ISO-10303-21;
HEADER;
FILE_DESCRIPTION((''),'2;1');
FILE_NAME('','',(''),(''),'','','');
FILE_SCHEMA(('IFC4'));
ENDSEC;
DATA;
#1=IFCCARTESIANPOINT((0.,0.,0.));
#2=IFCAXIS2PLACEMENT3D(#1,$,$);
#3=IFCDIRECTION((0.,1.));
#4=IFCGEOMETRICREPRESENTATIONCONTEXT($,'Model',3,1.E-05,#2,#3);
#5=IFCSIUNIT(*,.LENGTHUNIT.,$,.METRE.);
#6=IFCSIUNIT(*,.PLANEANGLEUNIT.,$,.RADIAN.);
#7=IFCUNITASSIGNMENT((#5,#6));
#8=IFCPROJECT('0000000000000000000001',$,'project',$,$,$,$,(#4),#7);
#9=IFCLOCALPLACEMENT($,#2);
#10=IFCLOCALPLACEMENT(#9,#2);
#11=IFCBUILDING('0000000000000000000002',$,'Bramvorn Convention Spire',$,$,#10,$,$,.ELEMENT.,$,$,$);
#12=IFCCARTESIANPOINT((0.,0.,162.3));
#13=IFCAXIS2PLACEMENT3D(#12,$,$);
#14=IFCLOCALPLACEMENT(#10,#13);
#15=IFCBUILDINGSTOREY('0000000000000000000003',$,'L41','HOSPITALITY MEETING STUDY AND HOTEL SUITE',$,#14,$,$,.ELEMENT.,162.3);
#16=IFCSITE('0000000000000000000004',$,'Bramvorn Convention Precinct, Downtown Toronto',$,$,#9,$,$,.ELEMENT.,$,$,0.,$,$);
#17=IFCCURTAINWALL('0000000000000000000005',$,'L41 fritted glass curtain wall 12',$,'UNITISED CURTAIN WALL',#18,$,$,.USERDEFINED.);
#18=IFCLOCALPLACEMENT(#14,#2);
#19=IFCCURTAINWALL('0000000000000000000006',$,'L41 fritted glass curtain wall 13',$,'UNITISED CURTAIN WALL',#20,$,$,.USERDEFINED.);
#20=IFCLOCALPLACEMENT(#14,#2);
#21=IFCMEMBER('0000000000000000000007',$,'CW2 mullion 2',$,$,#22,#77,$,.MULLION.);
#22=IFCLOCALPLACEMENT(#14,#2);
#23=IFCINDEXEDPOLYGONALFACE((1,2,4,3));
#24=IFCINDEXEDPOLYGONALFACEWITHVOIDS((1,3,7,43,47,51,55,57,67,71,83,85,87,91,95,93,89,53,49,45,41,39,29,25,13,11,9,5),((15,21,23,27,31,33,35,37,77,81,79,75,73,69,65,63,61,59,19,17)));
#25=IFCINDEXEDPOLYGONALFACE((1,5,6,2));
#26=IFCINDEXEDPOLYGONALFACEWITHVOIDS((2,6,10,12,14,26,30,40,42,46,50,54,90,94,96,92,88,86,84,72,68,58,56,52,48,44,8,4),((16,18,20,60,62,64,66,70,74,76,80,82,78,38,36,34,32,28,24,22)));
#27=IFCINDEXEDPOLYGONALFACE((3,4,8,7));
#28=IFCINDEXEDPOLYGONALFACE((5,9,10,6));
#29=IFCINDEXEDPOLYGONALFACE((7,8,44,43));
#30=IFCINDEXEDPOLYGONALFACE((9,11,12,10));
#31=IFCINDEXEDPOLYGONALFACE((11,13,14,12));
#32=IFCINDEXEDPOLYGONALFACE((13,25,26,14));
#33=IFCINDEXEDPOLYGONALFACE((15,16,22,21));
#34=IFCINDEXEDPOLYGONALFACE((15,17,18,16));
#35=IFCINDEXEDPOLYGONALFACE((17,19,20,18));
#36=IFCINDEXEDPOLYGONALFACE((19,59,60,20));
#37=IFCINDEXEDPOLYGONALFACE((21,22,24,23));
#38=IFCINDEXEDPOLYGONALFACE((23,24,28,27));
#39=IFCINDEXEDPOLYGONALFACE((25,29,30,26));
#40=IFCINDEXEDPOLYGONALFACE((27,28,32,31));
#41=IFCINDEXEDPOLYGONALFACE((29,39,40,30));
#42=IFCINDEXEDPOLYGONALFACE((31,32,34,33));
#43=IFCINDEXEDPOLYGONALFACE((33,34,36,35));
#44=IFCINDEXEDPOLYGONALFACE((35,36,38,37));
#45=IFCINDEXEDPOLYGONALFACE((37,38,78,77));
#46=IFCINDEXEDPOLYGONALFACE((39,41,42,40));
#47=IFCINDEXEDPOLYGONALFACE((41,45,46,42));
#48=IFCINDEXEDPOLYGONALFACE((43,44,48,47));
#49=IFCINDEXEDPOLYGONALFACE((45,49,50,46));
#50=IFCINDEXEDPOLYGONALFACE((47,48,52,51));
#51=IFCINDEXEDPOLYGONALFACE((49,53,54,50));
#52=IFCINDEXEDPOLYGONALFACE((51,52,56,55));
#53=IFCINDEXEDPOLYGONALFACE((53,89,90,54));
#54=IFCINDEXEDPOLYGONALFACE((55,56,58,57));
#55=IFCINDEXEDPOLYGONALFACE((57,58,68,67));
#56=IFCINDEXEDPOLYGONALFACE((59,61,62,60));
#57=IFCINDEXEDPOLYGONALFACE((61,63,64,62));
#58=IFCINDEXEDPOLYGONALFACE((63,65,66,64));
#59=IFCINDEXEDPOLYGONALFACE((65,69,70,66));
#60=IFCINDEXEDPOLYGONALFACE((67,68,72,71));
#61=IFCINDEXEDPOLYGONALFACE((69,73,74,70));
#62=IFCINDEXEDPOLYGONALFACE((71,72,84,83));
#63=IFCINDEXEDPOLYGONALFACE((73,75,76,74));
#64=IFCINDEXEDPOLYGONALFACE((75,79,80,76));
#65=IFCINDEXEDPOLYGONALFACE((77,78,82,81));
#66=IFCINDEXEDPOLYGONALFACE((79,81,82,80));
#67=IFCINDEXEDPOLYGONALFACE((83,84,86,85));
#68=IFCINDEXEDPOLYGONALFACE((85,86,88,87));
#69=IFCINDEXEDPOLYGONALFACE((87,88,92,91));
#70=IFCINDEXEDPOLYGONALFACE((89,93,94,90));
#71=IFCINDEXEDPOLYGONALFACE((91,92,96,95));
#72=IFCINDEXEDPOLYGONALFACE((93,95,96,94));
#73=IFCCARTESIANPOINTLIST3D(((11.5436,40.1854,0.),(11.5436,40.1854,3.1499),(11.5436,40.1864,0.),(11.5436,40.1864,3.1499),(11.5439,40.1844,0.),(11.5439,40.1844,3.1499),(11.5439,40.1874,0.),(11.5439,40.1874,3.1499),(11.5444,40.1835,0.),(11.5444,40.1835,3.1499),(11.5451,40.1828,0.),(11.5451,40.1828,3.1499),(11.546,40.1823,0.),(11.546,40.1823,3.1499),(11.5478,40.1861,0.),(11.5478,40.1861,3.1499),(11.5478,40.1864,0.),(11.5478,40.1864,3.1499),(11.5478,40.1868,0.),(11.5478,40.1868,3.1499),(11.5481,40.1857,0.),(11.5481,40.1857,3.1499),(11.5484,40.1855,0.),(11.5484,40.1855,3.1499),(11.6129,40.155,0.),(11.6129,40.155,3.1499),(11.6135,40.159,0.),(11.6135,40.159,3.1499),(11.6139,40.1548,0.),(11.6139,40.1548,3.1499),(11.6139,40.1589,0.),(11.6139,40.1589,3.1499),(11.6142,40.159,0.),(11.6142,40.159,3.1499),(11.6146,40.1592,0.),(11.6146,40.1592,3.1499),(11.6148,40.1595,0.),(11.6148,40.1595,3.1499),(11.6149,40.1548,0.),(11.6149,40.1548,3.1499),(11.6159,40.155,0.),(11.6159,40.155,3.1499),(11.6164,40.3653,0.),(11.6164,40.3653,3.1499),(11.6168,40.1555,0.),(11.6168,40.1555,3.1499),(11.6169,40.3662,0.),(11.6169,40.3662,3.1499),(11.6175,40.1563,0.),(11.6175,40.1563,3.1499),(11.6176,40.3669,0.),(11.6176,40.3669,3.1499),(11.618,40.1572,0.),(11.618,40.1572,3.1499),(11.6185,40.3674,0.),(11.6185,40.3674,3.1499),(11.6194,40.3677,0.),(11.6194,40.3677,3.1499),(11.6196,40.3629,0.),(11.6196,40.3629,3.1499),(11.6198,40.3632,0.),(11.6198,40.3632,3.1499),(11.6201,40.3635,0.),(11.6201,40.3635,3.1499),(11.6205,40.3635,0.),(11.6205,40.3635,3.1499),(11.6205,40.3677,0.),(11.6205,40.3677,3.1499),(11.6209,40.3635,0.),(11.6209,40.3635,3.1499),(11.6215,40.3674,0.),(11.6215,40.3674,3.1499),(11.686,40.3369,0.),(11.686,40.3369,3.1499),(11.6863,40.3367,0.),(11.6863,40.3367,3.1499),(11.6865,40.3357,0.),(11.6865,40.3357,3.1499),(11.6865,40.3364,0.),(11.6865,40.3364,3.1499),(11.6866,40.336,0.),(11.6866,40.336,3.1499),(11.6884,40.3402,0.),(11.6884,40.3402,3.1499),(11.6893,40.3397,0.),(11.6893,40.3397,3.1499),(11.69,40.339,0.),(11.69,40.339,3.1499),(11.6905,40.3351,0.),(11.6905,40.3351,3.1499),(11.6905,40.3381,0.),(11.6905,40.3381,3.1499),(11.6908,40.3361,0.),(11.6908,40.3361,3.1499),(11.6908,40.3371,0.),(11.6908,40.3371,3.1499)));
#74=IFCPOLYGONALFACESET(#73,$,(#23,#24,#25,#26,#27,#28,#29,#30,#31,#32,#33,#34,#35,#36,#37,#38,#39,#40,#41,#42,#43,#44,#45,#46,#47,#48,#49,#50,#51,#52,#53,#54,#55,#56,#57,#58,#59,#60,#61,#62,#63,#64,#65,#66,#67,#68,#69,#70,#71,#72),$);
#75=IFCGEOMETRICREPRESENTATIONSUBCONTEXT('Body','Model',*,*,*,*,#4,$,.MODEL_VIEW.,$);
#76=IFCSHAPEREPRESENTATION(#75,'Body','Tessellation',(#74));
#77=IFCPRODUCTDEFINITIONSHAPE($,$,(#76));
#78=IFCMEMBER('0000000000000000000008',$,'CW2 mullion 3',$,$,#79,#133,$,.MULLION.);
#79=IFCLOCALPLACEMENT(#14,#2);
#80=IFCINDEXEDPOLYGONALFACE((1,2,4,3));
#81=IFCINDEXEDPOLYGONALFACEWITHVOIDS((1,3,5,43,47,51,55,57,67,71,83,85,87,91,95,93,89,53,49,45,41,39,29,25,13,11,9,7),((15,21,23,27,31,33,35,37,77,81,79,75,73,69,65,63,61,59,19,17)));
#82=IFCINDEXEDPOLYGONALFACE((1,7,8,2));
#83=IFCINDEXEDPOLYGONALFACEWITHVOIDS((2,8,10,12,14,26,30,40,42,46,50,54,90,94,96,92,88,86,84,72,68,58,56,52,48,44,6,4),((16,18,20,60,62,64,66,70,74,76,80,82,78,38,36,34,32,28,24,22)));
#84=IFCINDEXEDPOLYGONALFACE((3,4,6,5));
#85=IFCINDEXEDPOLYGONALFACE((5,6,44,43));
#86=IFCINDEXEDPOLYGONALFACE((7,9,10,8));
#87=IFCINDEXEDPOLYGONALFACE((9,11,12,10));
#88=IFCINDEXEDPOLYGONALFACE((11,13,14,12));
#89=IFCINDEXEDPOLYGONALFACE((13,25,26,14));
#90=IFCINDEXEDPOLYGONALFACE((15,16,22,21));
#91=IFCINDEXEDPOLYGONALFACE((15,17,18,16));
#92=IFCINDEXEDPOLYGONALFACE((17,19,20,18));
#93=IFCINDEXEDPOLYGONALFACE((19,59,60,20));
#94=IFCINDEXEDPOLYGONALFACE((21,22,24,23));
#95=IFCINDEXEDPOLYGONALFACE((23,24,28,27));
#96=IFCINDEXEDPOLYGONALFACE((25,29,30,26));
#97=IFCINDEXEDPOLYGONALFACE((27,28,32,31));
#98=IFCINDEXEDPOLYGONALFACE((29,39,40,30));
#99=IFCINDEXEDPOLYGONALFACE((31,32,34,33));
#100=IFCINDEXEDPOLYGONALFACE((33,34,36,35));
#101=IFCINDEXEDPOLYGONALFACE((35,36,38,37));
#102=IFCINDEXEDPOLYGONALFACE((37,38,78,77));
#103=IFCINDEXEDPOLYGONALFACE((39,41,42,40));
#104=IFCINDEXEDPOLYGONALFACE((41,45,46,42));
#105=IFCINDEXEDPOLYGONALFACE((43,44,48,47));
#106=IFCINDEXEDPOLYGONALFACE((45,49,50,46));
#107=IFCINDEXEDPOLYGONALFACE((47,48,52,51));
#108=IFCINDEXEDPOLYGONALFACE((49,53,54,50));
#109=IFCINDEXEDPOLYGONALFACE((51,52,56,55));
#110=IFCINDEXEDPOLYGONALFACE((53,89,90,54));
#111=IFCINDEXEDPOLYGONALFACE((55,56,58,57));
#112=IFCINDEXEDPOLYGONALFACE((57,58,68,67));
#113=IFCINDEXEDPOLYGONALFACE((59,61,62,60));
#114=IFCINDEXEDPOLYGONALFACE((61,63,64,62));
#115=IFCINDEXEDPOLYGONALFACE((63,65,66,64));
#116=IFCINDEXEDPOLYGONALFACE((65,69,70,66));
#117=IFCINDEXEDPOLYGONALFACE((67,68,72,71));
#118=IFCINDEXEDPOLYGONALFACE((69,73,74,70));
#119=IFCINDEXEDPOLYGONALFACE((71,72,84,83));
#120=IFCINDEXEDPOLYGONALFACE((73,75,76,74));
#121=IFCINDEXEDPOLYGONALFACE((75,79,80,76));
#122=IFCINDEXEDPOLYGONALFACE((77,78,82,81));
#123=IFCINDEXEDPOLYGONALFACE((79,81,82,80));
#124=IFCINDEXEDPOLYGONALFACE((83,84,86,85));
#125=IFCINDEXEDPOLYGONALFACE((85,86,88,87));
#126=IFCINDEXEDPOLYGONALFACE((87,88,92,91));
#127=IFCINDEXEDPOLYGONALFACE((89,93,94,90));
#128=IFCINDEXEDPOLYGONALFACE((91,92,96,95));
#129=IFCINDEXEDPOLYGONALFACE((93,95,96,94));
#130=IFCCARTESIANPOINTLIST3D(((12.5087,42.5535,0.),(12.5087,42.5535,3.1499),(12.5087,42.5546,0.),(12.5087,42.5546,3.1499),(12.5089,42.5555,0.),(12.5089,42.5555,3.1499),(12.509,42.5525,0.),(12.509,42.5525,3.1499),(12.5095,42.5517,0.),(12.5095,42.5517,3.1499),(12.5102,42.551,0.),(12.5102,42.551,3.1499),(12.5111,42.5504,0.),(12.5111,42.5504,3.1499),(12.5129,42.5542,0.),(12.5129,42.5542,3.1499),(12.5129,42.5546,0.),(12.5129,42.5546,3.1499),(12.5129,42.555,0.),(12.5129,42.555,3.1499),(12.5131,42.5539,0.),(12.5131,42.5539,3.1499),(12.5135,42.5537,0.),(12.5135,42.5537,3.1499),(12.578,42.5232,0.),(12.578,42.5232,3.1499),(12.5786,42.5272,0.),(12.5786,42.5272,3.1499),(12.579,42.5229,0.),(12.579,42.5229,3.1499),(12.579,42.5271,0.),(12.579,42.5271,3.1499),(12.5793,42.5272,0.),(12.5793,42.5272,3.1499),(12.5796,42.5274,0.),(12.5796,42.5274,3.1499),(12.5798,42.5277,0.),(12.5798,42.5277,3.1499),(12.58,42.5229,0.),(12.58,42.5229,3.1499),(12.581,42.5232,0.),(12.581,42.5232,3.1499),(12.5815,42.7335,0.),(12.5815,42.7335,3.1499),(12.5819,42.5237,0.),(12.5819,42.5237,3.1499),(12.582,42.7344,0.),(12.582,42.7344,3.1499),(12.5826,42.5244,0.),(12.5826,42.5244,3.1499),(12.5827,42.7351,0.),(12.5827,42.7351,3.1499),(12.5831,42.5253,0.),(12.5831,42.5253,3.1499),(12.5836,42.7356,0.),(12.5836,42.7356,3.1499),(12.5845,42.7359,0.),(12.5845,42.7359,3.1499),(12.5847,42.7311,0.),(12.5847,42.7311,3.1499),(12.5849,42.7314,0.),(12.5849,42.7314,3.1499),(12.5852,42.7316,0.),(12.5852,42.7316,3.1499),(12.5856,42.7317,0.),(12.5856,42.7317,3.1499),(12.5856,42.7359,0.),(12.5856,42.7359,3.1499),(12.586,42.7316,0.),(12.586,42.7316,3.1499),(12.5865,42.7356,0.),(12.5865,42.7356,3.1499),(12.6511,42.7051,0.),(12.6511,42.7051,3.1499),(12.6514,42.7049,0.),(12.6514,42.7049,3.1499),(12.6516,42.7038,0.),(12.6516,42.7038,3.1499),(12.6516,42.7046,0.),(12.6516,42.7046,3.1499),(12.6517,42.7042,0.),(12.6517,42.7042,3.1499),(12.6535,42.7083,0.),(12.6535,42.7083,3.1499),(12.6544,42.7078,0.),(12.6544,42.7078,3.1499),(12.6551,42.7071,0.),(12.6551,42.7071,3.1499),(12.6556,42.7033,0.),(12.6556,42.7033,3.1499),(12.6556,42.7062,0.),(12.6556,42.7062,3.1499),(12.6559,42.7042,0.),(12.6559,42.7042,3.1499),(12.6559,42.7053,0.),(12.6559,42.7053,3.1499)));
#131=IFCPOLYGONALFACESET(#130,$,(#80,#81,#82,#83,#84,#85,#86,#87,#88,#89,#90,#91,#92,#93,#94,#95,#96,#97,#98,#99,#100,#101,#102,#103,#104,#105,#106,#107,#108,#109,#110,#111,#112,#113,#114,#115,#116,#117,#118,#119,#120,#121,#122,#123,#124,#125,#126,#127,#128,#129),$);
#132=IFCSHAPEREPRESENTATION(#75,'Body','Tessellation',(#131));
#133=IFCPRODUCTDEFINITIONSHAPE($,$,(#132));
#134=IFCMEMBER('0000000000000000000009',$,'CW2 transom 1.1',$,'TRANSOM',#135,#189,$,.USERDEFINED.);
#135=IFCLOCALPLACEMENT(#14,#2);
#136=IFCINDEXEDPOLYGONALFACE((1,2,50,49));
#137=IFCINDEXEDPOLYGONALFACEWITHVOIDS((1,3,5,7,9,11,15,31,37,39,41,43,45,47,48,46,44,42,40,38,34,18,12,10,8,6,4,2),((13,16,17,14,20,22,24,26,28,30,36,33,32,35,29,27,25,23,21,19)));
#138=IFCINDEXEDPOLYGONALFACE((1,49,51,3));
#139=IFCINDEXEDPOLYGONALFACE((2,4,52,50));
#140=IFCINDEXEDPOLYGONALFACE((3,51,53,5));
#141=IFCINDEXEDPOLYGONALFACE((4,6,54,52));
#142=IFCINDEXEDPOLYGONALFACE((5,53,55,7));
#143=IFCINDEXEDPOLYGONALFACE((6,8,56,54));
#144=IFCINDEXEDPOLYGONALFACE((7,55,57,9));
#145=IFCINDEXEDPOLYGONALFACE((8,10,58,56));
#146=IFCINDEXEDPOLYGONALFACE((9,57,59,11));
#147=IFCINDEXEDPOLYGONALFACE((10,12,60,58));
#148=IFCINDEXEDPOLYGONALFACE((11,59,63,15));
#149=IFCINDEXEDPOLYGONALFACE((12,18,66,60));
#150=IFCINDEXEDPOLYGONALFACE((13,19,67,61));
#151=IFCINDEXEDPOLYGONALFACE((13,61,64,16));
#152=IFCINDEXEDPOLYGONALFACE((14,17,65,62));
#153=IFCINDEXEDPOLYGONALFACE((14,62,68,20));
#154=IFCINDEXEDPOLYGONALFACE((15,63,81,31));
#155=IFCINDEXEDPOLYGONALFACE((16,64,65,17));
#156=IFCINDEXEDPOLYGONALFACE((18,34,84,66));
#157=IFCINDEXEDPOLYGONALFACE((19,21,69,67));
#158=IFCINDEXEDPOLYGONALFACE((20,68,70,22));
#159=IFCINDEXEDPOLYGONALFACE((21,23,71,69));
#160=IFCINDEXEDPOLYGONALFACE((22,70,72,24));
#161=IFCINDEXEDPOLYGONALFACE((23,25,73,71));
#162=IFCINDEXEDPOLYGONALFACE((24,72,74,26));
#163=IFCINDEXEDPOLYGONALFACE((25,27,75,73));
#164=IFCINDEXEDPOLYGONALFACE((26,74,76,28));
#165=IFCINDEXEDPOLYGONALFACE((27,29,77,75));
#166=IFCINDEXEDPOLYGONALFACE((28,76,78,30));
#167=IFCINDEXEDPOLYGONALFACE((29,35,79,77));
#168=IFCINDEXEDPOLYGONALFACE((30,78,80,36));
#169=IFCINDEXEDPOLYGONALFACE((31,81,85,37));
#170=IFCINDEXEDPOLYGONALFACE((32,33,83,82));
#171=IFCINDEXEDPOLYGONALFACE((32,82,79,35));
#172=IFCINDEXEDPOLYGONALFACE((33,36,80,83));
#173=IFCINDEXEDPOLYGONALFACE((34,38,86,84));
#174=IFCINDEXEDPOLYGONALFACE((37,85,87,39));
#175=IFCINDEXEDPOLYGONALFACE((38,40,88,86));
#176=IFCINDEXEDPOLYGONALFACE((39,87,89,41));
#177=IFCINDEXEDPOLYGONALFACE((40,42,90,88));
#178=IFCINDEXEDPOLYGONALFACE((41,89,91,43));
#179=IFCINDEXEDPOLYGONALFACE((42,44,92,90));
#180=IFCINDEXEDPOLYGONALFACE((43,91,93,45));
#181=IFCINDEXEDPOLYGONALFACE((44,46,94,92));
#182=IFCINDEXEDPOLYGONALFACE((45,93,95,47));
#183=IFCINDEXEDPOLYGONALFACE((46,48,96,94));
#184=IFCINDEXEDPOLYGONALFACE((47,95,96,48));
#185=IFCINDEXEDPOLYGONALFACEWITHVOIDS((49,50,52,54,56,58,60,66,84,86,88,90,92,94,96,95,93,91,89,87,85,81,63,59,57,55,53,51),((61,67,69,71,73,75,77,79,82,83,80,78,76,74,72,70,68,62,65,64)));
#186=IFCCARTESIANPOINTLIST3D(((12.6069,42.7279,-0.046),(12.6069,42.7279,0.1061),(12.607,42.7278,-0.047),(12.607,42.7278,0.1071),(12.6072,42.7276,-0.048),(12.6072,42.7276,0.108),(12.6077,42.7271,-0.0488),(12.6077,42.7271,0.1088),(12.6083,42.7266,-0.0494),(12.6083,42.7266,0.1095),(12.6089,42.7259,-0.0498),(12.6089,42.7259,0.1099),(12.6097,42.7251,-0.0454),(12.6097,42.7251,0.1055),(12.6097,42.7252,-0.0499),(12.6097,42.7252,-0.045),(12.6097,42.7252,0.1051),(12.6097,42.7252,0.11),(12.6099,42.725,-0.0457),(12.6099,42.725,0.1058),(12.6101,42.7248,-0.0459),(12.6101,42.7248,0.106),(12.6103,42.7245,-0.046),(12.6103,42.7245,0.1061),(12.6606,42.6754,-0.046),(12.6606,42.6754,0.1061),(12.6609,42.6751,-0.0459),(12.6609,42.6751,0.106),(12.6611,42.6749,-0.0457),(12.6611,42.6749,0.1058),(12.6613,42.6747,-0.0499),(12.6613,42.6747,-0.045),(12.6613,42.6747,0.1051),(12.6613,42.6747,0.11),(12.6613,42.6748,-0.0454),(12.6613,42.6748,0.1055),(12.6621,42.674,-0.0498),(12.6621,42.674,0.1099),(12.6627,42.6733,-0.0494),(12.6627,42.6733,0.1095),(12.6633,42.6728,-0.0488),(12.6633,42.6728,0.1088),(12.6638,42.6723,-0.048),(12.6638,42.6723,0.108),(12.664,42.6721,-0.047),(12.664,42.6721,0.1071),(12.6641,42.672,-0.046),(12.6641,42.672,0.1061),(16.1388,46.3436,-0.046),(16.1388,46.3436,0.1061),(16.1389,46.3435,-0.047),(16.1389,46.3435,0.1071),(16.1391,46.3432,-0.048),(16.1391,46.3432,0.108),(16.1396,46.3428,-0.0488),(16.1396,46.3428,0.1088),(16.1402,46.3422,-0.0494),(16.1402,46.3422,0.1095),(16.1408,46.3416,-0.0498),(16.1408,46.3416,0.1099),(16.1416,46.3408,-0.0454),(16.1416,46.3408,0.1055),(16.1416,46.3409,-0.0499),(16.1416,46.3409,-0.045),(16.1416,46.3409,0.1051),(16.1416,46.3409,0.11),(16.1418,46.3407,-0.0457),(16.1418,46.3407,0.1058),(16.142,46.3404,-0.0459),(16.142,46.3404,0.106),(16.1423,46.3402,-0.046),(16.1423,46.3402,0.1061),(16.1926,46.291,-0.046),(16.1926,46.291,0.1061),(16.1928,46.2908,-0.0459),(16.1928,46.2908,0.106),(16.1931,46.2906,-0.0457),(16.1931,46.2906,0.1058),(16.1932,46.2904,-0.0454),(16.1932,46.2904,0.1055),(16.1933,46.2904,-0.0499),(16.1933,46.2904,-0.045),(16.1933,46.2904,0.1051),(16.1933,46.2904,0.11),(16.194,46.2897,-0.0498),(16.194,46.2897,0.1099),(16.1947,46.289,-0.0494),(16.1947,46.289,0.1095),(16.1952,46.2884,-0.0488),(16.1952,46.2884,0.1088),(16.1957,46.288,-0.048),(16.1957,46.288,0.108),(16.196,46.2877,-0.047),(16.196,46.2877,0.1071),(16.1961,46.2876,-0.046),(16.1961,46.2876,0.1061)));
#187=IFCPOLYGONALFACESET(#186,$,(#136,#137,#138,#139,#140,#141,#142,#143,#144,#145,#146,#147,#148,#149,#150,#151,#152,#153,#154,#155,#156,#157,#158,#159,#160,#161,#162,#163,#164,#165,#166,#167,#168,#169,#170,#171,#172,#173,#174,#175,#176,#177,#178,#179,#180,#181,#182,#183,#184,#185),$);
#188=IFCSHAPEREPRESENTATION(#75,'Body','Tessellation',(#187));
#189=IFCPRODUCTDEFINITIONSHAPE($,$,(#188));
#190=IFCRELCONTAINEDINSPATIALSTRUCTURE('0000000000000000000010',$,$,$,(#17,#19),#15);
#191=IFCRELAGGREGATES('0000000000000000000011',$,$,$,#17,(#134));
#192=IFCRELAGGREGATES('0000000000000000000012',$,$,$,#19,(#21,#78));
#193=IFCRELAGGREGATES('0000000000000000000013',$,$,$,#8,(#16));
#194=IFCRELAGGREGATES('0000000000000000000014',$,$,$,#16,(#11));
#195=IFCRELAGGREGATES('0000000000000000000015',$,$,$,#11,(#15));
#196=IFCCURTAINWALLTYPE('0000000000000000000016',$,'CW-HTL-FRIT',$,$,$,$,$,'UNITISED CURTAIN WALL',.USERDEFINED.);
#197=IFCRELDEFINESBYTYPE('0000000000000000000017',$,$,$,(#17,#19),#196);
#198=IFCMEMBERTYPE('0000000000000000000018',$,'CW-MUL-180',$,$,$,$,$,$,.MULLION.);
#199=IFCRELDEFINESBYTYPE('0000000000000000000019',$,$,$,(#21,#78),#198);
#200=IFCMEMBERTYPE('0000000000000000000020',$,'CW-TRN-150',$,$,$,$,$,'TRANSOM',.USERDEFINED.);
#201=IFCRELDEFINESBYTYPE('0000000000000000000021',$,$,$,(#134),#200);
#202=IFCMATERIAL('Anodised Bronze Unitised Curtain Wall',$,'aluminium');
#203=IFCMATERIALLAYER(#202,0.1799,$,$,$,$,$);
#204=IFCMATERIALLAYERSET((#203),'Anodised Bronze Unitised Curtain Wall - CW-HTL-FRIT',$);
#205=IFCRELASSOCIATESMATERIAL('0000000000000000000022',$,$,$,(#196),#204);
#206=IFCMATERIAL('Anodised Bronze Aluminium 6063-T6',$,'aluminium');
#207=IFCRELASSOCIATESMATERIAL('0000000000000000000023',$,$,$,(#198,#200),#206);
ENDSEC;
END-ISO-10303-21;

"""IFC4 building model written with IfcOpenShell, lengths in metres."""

from ifc_helpers import new_model, si_unit, direction, frame, origin, origin_2d, place, context, subcontext, project, spatial, hollow_rectangle, extrude, material, layer, layer_set, material_profile, profile_set, type_object, element, aggregate, save


model = new_model("IFC4")

# Units and contexts
model_context = context("Model", 3, precision=1e-05, world=origin(), true_north=direction((0.0, 1.0)))
body_context = subcontext(model_context, "Body", "Model", "MODEL_VIEW")
ifc_project = project(units=[si_unit("LENGTHUNIT", "METRE"), si_unit("PLANEANGLEUNIT", "RADIAN")], contexts=[model_context])

# Site, building, storey
site_placement = place(None, origin())
site = spatial("IfcSite", under=ifc_project, at=site_placement, Name="Bramvorn Convention Precinct, Downtown Toronto", CompositionType="ELEMENT", RefElevation=0.0)
building_placement = place(site_placement, origin())
building = spatial("IfcBuilding", under=site, at=building_placement, Name="Bramvorn Convention Spire", CompositionType="ELEMENT")
storey_placement = place(building_placement, frame((0.0, 0.0, 162.3)))
storey = spatial("IfcBuildingStorey", under=building, at=storey_placement, Name="L41", Description="HOSPITALITY MEETING STUDY AND HOTEL SUITE", CompositionType="ELEMENT", Elevation=162.3)

# Curtain wall
ifc_material_1 = material(Name="Anodised Bronze Unitised Curtain Wall", Category="aluminium")
ifc_layer_1 = layer(ifc_material_1, 0.1799)
ifc_layer_set_1 = layer_set([ifc_layer_1], Name="Anodised Bronze Unitised Curtain Wall - CW-HTL-FRIT")
curtain_wall_type = type_object("IfcCurtainWallType", Name="CW-HTL-FRIT", ElementType="UNITISED CURTAIN WALL", PredefinedType="USERDEFINED", material=ifc_layer_set_1)
curtain_wall_1_placement = place(storey_placement, origin())
curtain_wall_1 = element("IfcCurtainWall", 1, at=curtain_wall_1_placement, inside=storey, type_object=curtain_wall_type, Name="L41 fritted glass curtain wall 12", ObjectType="UNITISED CURTAIN WALL", PredefinedType="USERDEFINED")
ifc_material_2 = material(Name="Anodised Bronze Aluminium 6063-T6", Category="aluminium")
ifc_material_profile_1 = material_profile(ifc_material_2, hollow_rectangle(XDim=0.0801, YDim=0.2, WallThickness=0.0039, InnerFilletRadius=0.001, OuterFilletRadius=0.0039, at=origin_2d()))
ifc_profile_set_1 = profile_set([ifc_material_profile_1], Name="Anodised Bronze Aluminium 6063-T6 - CWM80X200")
member_type_1 = type_object("IfcMemberType", Name="CW-MUL-180", PredefinedType="MULLION", material=ifc_profile_set_1)

# Curtain wall, members
curtain_wall_2_placement = place(storey_placement, origin())
curtain_wall_2 = element("IfcCurtainWall", 2, at=curtain_wall_2_placement, inside=storey, type_object=curtain_wall_type, Name="L41 fritted glass curtain wall 13", ObjectType="UNITISED CURTAIN WALL", PredefinedType="USERDEFINED")
member_1_placement = place(storey_placement, frame((11.6172, 40.2612, 0.0), z_axis=(0.0, 0.0, 1.0), x_axis=(-0.926057, 0.377384, 0.0)))
member_1 = element("IfcMember", 3, at=member_1_placement, type_object=member_type_1, Name="CW2 mullion 2", PredefinedType="MULLION", context=body_context, shape_type="SweptSolid", body=[
    extrude(hollow_rectangle(XDim=0.0801, YDim=0.2, WallThickness=0.0039, InnerFilletRadius=0.001, OuterFilletRadius=0.0039, at=origin_2d()), origin(), (0.0, 0.0, 1.0), 3.1499),
])
member_2_placement = place(storey_placement, frame((12.5823, 42.6294, 0.0), z_axis=(0.0, 0.0, 1.0), x_axis=(-0.926057, 0.377384, 0.0)))
member_2 = element("IfcMember", 4, at=member_2_placement, type_object=member_type_1, Name="CW2 mullion 3", PredefinedType="MULLION", context=body_context, shape_type="SweptSolid", body=[
    extrude(hollow_rectangle(XDim=0.0801, YDim=0.2, WallThickness=0.0039, InnerFilletRadius=0.001, OuterFilletRadius=0.0039, at=origin_2d()), origin(), (0.0, 0.0, 1.0), 3.1499),
])

# Member
ifc_material_profile_2 = material_profile(ifc_material_2, hollow_rectangle(XDim=0.0801, YDim=0.1599, WallThickness=0.0039, InnerFilletRadius=0.001, OuterFilletRadius=0.0039, at=origin_2d()))
ifc_profile_set_2 = profile_set([ifc_material_profile_2], Name="Anodised Bronze Aluminium 6063-T6 - CWT80X160")
member_type_2 = type_object("IfcMemberType", Name="CW-TRN-150", ElementType="TRANSOM", PredefinedType="USERDEFINED", material=ifc_profile_set_2)
member_3_placement = place(storey_placement, frame((12.6355, 42.7, 0.03), z_axis=(0.698775, 0.715342, 0.0), x_axis=(-0.715342, 0.698775, 0.0)))
member_3 = element("IfcMember", 5, at=member_3_placement, type_object=member_type_2, Name="CW2 transom 1.1", ObjectType="TRANSOM", PredefinedType="USERDEFINED", context=body_context, shape_type="SweptSolid", body=[
    extrude(hollow_rectangle(XDim=0.0801, YDim=0.1599, WallThickness=0.0039, InnerFilletRadius=0.001, OuterFilletRadius=0.0039, at=origin_2d()), origin(), (0.0, 0.0, 1.0), 5.0544),
])

aggregate(curtain_wall_1, [member_3])
aggregate(curtain_wall_2, [member_1, member_2])

save(model, "model.ifc")
